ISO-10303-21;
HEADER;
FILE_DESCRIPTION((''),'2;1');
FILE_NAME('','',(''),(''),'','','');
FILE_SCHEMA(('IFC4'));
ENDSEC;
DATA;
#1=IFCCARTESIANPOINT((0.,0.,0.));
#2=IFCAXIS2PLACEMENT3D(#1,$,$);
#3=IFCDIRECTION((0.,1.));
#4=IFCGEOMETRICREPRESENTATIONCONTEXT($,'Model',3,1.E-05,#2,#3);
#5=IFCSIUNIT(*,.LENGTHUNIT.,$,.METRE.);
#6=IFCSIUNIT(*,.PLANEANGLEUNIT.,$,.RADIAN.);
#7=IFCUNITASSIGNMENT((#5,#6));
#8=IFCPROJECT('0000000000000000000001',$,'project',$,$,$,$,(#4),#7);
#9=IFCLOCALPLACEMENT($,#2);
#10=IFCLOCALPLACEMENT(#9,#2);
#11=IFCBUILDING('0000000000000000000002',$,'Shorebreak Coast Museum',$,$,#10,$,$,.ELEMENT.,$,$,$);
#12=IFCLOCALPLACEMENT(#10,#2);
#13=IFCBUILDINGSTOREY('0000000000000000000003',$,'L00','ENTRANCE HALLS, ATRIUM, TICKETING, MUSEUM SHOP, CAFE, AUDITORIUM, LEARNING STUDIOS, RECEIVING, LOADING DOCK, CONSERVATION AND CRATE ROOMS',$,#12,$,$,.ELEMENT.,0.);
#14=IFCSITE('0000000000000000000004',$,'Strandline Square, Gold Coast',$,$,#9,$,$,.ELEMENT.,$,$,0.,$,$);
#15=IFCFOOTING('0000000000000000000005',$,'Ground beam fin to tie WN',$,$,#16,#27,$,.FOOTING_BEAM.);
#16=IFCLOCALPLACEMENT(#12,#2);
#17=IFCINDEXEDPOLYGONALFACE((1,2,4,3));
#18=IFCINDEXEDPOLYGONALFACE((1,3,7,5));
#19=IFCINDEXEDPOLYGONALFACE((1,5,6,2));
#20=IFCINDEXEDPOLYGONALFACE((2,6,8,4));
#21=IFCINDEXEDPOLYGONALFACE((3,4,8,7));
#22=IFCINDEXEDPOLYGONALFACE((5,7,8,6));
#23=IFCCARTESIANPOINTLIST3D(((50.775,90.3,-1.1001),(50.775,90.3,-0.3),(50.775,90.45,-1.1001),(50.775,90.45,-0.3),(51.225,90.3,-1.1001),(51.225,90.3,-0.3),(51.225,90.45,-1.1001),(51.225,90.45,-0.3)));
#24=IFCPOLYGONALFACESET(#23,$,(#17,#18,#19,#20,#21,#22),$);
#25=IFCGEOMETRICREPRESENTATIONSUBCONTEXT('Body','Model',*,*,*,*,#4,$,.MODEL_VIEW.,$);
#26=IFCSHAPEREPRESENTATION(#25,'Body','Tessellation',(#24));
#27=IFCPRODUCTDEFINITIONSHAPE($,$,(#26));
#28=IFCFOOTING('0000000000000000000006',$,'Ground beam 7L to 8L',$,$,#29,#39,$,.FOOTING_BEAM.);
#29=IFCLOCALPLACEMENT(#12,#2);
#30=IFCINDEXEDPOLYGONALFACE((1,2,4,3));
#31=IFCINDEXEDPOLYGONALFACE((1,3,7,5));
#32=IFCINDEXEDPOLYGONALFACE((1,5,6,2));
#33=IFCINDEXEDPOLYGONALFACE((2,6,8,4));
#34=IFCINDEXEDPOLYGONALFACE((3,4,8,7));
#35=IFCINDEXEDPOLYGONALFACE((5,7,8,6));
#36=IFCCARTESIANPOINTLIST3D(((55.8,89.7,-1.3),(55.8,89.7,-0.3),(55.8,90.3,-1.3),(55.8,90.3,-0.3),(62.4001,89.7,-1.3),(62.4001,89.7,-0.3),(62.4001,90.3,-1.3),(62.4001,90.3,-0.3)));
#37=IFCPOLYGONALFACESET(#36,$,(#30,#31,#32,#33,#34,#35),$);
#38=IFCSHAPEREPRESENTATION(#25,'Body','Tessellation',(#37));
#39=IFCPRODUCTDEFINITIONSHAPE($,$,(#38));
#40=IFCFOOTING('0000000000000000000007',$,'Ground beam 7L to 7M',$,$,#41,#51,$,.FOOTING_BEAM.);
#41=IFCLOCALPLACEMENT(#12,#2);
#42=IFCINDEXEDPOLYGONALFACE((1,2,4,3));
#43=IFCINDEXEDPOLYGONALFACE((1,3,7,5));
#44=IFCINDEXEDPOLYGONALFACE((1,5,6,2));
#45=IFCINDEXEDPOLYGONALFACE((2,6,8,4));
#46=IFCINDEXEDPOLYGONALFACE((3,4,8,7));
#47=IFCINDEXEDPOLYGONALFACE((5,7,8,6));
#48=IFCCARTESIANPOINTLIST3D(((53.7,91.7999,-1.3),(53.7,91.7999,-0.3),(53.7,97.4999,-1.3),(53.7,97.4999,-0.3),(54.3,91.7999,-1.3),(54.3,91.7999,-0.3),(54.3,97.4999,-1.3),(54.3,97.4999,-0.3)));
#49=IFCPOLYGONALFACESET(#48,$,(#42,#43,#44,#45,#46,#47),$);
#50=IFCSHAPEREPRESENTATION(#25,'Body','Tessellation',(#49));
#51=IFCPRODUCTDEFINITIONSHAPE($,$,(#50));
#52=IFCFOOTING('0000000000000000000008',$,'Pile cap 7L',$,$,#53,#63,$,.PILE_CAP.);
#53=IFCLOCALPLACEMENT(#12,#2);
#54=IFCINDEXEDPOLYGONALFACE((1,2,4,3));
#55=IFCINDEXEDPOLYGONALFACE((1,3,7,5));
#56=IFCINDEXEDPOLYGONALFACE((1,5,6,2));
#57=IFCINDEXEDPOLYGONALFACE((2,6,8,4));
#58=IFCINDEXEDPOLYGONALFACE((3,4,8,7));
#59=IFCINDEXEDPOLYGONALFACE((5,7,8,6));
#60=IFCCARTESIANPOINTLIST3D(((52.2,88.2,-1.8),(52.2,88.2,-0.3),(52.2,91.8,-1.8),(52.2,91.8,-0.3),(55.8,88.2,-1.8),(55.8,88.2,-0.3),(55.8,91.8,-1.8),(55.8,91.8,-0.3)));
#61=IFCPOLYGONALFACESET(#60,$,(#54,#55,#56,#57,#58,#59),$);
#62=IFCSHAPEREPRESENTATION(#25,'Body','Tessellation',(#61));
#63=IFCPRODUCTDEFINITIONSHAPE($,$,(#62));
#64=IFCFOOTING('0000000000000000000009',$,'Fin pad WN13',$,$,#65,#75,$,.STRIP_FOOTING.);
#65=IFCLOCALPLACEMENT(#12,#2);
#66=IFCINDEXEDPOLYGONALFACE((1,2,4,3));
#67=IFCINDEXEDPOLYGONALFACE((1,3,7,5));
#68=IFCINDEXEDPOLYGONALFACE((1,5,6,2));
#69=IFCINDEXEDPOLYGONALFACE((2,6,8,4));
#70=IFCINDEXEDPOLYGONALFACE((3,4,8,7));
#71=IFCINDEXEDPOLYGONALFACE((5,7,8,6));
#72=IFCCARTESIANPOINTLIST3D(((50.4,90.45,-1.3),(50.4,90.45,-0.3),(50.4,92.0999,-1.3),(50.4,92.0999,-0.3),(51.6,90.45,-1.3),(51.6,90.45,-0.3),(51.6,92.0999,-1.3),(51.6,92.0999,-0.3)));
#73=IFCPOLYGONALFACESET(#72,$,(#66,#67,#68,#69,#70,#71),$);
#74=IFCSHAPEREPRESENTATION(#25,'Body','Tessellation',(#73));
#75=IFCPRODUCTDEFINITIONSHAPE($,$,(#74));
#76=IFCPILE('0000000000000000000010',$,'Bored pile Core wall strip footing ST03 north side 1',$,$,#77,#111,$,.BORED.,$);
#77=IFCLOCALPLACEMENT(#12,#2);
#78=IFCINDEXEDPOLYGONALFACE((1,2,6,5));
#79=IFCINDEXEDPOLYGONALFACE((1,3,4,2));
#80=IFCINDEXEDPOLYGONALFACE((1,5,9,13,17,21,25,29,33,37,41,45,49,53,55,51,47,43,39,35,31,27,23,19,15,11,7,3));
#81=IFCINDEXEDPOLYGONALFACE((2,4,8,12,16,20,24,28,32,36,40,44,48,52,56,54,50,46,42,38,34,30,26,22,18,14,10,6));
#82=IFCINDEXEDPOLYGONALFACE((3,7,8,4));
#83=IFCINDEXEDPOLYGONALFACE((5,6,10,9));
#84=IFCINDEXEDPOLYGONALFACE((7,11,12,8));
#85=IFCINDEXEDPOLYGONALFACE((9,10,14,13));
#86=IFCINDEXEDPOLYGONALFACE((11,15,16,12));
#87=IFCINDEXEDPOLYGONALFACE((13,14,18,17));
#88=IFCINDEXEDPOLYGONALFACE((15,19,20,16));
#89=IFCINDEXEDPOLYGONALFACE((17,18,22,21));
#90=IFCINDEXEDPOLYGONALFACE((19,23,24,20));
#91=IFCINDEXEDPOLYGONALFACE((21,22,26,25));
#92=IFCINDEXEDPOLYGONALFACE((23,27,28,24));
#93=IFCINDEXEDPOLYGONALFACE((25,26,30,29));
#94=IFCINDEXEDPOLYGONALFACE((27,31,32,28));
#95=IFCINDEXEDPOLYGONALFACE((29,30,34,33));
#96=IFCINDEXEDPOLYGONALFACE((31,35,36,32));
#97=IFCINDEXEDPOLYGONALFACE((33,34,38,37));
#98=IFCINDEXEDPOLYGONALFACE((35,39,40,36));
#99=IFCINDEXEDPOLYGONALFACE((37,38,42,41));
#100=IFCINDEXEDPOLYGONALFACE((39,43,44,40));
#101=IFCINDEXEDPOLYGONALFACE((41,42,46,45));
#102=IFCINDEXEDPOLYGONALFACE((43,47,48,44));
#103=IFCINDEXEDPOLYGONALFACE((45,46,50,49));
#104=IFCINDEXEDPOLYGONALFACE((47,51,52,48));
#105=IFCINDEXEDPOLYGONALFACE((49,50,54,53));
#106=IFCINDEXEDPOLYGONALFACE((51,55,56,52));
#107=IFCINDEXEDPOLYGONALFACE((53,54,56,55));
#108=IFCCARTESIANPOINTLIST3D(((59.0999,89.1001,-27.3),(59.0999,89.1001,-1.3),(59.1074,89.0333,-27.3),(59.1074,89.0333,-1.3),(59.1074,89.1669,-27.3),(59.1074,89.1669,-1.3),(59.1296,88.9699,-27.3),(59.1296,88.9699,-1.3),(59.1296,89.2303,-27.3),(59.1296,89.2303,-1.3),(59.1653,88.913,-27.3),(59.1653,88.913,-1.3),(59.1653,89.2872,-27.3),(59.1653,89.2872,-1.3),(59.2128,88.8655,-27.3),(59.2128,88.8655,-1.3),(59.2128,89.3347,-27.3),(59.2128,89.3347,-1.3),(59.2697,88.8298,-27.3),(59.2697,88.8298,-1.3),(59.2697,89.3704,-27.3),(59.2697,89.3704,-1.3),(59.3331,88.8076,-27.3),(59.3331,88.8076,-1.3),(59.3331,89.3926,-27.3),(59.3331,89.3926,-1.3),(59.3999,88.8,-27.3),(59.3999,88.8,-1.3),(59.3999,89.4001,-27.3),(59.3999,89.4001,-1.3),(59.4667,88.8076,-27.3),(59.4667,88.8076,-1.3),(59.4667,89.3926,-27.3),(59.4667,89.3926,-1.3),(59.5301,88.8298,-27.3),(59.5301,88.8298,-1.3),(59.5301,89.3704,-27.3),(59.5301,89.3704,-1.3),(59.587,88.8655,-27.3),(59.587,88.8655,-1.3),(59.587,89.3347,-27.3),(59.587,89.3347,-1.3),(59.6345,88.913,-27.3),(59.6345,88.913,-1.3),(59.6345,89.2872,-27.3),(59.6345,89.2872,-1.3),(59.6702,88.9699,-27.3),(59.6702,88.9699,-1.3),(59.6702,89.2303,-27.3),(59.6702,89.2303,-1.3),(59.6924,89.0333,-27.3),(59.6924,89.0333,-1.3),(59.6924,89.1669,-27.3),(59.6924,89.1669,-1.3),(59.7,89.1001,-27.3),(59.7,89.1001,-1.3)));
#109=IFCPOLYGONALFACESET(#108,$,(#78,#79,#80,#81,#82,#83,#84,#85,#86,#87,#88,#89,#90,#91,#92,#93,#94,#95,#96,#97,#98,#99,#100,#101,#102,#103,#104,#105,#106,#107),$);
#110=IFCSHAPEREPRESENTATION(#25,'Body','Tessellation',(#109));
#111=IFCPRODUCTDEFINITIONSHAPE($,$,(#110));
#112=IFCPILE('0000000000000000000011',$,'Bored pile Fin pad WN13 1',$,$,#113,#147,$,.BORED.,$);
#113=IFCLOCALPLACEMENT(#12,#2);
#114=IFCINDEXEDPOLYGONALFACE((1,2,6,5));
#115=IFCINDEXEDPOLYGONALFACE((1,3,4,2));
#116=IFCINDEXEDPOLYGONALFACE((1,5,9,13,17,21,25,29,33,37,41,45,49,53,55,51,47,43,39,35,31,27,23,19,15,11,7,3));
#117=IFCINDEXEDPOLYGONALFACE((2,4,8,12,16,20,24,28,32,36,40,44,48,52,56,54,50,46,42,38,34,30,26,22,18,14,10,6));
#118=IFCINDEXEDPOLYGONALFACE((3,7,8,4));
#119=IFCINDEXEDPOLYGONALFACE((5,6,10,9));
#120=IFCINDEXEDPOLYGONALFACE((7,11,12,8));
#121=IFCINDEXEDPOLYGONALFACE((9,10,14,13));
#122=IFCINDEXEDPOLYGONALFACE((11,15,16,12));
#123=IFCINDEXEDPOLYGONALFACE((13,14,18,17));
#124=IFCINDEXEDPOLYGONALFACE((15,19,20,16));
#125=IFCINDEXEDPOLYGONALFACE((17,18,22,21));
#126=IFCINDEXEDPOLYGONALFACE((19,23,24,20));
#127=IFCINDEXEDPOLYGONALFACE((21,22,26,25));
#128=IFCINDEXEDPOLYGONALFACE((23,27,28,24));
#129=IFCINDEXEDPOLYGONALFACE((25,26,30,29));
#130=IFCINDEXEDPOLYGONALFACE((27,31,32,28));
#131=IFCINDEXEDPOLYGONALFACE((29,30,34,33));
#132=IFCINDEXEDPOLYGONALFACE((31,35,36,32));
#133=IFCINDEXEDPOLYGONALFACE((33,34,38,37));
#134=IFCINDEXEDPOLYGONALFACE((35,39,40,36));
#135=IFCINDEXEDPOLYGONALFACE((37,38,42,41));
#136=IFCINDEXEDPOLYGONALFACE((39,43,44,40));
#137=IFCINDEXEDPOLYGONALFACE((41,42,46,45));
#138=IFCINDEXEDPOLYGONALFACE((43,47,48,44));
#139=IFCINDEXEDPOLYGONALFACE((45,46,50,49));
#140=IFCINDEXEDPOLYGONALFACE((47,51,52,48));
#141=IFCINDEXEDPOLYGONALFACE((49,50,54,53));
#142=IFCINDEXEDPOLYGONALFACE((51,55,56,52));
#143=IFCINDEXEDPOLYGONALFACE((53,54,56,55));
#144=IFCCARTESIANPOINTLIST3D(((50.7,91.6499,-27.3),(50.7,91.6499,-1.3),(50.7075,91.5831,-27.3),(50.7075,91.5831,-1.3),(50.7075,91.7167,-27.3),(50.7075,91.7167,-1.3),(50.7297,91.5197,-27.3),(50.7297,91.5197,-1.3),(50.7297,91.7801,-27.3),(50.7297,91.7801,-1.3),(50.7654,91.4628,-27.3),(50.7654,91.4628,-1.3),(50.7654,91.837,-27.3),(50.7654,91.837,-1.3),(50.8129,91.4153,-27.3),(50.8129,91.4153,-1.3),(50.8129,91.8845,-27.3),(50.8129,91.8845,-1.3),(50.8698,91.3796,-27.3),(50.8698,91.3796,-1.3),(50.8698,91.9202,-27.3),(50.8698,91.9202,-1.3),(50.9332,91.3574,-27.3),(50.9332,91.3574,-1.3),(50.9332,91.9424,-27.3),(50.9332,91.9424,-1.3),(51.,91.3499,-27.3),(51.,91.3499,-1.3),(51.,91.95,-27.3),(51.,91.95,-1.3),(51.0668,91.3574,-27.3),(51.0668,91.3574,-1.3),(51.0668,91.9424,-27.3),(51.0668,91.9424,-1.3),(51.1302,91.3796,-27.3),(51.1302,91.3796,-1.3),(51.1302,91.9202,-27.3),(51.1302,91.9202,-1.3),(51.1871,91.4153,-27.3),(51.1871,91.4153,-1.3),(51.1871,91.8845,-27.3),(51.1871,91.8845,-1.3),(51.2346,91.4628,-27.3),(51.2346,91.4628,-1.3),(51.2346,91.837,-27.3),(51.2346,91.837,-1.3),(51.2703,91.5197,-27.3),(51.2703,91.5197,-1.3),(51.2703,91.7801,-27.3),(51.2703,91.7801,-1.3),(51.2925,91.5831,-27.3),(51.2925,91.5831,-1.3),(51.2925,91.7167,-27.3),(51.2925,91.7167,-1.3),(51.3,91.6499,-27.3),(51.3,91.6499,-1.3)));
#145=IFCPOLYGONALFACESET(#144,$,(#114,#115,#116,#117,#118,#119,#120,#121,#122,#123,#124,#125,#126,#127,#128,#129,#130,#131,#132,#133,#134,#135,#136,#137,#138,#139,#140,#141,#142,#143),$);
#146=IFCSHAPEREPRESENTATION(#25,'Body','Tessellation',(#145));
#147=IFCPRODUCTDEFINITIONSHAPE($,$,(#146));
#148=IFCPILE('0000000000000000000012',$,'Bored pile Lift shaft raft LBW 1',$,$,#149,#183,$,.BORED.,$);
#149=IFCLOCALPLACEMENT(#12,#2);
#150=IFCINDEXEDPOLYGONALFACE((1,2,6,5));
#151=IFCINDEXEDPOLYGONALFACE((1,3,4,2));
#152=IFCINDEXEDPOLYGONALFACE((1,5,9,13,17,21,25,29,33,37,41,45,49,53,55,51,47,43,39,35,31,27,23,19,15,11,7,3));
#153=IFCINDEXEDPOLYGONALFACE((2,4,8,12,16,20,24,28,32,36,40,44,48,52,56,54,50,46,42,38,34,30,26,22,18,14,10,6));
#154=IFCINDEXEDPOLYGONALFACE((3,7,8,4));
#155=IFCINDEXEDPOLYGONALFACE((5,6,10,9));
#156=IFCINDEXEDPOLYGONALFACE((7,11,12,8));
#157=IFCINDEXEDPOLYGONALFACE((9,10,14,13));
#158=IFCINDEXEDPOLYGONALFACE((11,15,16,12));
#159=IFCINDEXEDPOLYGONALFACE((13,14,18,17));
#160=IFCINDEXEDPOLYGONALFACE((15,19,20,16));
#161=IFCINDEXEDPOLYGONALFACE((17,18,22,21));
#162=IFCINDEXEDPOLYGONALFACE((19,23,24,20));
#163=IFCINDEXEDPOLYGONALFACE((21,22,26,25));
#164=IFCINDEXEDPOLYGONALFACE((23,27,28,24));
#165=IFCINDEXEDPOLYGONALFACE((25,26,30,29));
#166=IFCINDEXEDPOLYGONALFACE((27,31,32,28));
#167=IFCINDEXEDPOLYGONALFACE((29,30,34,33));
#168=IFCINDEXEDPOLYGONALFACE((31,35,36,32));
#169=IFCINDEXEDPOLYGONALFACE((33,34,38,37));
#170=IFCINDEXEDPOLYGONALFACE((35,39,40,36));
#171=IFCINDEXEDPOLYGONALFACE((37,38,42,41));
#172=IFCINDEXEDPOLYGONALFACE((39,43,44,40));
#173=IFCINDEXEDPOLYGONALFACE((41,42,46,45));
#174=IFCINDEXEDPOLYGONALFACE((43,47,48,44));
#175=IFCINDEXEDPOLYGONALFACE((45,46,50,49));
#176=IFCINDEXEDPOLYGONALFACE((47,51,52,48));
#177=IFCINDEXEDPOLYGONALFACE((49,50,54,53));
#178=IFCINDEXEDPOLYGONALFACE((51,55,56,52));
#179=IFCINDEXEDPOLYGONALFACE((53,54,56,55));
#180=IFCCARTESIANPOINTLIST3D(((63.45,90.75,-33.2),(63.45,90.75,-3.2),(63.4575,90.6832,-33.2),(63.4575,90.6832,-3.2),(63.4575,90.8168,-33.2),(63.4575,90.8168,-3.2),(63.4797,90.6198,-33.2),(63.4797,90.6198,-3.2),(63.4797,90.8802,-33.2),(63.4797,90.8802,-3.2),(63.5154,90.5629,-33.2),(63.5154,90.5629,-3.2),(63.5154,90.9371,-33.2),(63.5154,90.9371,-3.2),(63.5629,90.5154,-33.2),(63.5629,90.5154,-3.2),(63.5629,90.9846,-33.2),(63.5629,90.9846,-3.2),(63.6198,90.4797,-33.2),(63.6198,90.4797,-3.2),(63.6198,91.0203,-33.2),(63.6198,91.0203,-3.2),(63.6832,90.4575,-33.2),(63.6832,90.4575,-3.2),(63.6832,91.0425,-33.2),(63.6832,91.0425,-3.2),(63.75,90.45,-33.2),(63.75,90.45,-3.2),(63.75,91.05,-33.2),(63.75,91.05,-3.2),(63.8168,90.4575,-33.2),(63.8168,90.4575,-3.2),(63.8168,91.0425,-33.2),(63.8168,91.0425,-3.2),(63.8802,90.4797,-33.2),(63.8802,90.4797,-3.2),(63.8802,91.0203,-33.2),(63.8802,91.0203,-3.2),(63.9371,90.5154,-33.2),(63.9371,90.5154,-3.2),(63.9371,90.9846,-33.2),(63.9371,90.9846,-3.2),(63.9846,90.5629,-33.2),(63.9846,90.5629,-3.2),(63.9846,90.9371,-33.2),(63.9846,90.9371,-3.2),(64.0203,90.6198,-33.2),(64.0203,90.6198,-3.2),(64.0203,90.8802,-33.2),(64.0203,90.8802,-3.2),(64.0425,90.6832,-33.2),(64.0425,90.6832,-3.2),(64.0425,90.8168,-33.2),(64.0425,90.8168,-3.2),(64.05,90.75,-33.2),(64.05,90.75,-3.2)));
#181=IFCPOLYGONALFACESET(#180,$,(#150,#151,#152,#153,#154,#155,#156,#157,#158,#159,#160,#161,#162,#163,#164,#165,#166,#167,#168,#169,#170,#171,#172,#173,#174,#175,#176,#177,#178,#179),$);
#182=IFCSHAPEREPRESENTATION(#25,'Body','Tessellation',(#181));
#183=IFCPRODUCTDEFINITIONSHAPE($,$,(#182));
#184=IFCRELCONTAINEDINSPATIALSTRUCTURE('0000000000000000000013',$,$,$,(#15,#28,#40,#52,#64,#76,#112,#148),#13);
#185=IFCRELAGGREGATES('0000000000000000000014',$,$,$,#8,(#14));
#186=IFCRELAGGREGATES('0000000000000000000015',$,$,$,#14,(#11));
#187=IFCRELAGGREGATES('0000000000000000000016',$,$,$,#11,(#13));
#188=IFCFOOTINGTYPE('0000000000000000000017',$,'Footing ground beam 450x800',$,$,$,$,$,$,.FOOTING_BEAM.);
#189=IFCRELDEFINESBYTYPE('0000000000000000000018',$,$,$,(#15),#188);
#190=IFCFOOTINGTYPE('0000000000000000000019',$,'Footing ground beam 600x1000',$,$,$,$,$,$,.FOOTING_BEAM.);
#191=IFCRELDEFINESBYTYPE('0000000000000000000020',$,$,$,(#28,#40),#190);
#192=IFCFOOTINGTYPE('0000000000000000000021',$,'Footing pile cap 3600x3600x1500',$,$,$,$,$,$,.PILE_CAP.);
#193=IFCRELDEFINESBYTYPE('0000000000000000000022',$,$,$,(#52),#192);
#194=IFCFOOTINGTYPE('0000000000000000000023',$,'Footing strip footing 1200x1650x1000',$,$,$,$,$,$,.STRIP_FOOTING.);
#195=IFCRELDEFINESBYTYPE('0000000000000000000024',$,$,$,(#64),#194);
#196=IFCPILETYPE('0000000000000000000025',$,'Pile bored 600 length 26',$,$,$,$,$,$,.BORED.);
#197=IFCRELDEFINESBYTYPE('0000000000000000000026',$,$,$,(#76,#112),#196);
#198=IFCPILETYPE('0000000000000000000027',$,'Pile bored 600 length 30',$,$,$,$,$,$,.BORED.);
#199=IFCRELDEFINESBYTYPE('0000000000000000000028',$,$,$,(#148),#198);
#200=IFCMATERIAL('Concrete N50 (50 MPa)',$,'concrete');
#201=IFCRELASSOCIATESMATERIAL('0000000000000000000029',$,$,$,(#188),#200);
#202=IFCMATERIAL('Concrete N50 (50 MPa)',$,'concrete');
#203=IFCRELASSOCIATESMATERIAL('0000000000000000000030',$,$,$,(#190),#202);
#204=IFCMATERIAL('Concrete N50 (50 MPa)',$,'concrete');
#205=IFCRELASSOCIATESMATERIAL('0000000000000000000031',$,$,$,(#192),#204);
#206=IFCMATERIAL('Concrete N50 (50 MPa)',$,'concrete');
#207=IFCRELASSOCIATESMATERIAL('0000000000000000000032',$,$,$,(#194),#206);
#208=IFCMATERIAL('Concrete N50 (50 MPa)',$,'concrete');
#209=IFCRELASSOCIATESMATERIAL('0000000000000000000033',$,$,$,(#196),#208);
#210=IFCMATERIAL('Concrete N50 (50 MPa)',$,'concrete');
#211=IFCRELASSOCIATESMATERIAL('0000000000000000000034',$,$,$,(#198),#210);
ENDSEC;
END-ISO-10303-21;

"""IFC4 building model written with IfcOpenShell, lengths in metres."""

from ifc_helpers import new_model, si_unit, direction, frame, origin, origin_2d, place, context, subcontext, project, spatial, rectangle, circle, extrude, material, material_profile, profile_set, type_object, element, save


model = new_model("IFC4")

# Units and contexts
model_context = context("Model", 3, precision=1e-05, world=origin(), true_north=direction((0.0, 1.0)))
body_context = subcontext(model_context, "Body", "Model", "MODEL_VIEW")
ifc_project = project(units=[si_unit("LENGTHUNIT", "METRE"), si_unit("PLANEANGLEUNIT", "RADIAN")], contexts=[model_context])

# Site, building, storey
site_placement = place(None, origin())
site = spatial("IfcSite", under=ifc_project, at=site_placement, Name="Strandline Square, Gold Coast", CompositionType="ELEMENT", RefElevation=0.0)
building_placement = place(site_placement, origin())
building = spatial("IfcBuilding", under=site, at=building_placement, Name="Shorebreak Coast Museum", CompositionType="ELEMENT")
storey_placement = place(building_placement, origin())
storey = spatial("IfcBuildingStorey", under=building, at=storey_placement, Name="L00", Description="ENTRANCE HALLS, ATRIUM, TICKETING, MUSEUM SHOP, CAFE, AUDITORIUM, LEARNING STUDIOS, RECEIVING, LOADING DOCK, CONSERVATION AND CRATE ROOMS", CompositionType="ELEMENT", Elevation=0.0)

# Footings
ifc_material_1 = material(Name="Concrete N50 (50 MPa)", Category="concrete")
footing_type_1 = type_object("IfcFootingType", Name="Footing ground beam 450x800", PredefinedType="FOOTING_BEAM", material=ifc_material_1)
footing_1_placement = place(storey_placement, frame((51.0, 90.375, -1.1001), z_axis=(0.0, 0.0, 1.0), x_axis=(1.0, 0.0, 0.0)))
element("IfcFooting", 1, at=footing_1_placement, inside=storey, type_object=footing_type_1, Name="Ground beam fin to tie WN", PredefinedType="FOOTING_BEAM", context=body_context, shape_type="SweptSolid", body=[
    extrude(rectangle(XDim=0.45, YDim=0.1499, at=origin_2d()), origin(), (0.0, 0.0, 1.0), 0.8),
])
ifc_material_2 = material(Name="Concrete N50 (50 MPa)", Category="concrete")
footing_type_2 = type_object("IfcFootingType", Name="Footing ground beam 600x1000", PredefinedType="FOOTING_BEAM", material=ifc_material_2)
footing_2_placement = place(storey_placement, frame((59.1001, 90.0, -1.3), z_axis=(0.0, 0.0, 1.0), x_axis=(1.0, 0.0, 0.0)))
element("IfcFooting", 2, at=footing_2_placement, inside=storey, type_object=footing_type_2, Name="Ground beam 7L to 8L", PredefinedType="FOOTING_BEAM", context=body_context, shape_type="SweptSolid", body=[
    extrude(rectangle(XDim=6.6001, YDim=0.6001, at=origin_2d()), origin(), (0.0, 0.0, 1.0), 1.0),
])
footing_3_placement = place(storey_placement, frame((54.0, 94.6499, -1.3), z_axis=(0.0, 0.0, 1.0), x_axis=(1.0, 0.0, 0.0)))
element("IfcFooting", 3, at=footing_3_placement, inside=storey, type_object=footing_type_2, Name="Ground beam 7L to 7M", PredefinedType="FOOTING_BEAM", context=body_context, shape_type="SweptSolid", body=[
    extrude(rectangle(XDim=0.6001, YDim=5.7, at=origin_2d()), origin(), (0.0, 0.0, 1.0), 1.0),
])
ifc_material_3 = material(Name="Concrete N50 (50 MPa)", Category="concrete")
footing_type_3 = type_object("IfcFootingType", Name="Footing pile cap 3600x3600x1500", PredefinedType="PILE_CAP", material=ifc_material_3)
footing_4_placement = place(storey_placement, frame((54.0, 90.0, -1.8), z_axis=(0.0, 0.0, 1.0), x_axis=(1.0, 0.0, 0.0)))
element("IfcFooting", 4, at=footing_4_placement, inside=storey, type_object=footing_type_3, Name="Pile cap 7L", PredefinedType="PILE_CAP", context=body_context, shape_type="SweptSolid", body=[
    extrude(rectangle(XDim=3.6001, YDim=3.6001, at=origin_2d()), origin(), (0.0, 0.0, 1.0), 1.5),
])
ifc_material_4 = material(Name="Concrete N50 (50 MPa)", Category="concrete")
footing_type_4 = type_object("IfcFootingType", Name="Footing strip footing 1200x1650x1000", PredefinedType="STRIP_FOOTING", material=ifc_material_4)
footing_5_placement = place(storey_placement, frame((51.0, 91.2749, -1.3), z_axis=(0.0, 0.0, 1.0), x_axis=(1.0, 0.0, 0.0)))
element("IfcFooting", 5, at=footing_5_placement, inside=storey, type_object=footing_type_4, Name="Fin pad WN13", PredefinedType="STRIP_FOOTING", context=body_context, shape_type="SweptSolid", body=[
    extrude(rectangle(XDim=1.2, YDim=1.6499, at=origin_2d()), origin(), (0.0, 0.0, 1.0), 1.0),
])

# Piles
ifc_material_5 = material(Name="Concrete N50 (50 MPa)", Category="concrete")
ifc_material_profile_1 = material_profile(ifc_material_5, circle(Radius=0.3, at=origin_2d()), Name="Pile bored 600 length 26")
ifc_profile_set_1 = profile_set([ifc_material_profile_1], Name="Concrete N50 (50 MPa)")
pile_type_1 = type_object("IfcPileType", Name="Pile bored 600 length 26", PredefinedType="BORED", material=ifc_profile_set_1)
for number, where, z_axis, x_axis, name in (
    (6, (59.3999, 89.1001, -1.3), (0.0, 0.0, -1.0), (1.0, 0.0, 0.0), "Bored pile Core wall strip footing ST03 north side 1"),
    (7, (51.0, 91.6499, -1.3), (0.0, 0.0, -1.0), (1.0, 0.0, 0.0), "Bored pile Fin pad WN13 1"),
):
    element("IfcPile", number, at=place(storey_placement, frame(where, z_axis=z_axis, x_axis=x_axis)), inside=storey, type_object=pile_type_1, Name=name, PredefinedType="BORED", context=body_context, shape_type="SweptSolid", body=[
        extrude(circle(Radius=0.3, at=origin_2d()), origin(), (0.0, 0.0, 1.0), 26.0),
    ])
ifc_material_6 = material(Name="Concrete N50 (50 MPa)", Category="concrete")
ifc_material_profile_2 = material_profile(ifc_material_6, circle(Radius=0.3, at=origin_2d()), Name="Pile bored 600 length 30")
ifc_profile_set_2 = profile_set([ifc_material_profile_2], Name="Concrete N50 (50 MPa)")
pile_type_2 = type_object("IfcPileType", Name="Pile bored 600 length 30", PredefinedType="BORED", material=ifc_profile_set_2)
for number, where, z_axis, x_axis, name in (
    (8, (63.75, 90.75, -3.2), (0.0, 0.0, -1.0), (1.0, 0.0, 0.0), "Bored pile Lift shaft raft LBW 1"),
):
    element("IfcPile", number, at=place(storey_placement, frame(where, z_axis=z_axis, x_axis=x_axis)), inside=storey, type_object=pile_type_2, Name=name, PredefinedType="BORED", context=body_context, shape_type="SweptSolid", body=[
        extrude(circle(Radius=0.3, at=origin_2d()), origin(), (0.0, 0.0, 1.0), 30.0),
    ])

save(model, "model.ifc")
